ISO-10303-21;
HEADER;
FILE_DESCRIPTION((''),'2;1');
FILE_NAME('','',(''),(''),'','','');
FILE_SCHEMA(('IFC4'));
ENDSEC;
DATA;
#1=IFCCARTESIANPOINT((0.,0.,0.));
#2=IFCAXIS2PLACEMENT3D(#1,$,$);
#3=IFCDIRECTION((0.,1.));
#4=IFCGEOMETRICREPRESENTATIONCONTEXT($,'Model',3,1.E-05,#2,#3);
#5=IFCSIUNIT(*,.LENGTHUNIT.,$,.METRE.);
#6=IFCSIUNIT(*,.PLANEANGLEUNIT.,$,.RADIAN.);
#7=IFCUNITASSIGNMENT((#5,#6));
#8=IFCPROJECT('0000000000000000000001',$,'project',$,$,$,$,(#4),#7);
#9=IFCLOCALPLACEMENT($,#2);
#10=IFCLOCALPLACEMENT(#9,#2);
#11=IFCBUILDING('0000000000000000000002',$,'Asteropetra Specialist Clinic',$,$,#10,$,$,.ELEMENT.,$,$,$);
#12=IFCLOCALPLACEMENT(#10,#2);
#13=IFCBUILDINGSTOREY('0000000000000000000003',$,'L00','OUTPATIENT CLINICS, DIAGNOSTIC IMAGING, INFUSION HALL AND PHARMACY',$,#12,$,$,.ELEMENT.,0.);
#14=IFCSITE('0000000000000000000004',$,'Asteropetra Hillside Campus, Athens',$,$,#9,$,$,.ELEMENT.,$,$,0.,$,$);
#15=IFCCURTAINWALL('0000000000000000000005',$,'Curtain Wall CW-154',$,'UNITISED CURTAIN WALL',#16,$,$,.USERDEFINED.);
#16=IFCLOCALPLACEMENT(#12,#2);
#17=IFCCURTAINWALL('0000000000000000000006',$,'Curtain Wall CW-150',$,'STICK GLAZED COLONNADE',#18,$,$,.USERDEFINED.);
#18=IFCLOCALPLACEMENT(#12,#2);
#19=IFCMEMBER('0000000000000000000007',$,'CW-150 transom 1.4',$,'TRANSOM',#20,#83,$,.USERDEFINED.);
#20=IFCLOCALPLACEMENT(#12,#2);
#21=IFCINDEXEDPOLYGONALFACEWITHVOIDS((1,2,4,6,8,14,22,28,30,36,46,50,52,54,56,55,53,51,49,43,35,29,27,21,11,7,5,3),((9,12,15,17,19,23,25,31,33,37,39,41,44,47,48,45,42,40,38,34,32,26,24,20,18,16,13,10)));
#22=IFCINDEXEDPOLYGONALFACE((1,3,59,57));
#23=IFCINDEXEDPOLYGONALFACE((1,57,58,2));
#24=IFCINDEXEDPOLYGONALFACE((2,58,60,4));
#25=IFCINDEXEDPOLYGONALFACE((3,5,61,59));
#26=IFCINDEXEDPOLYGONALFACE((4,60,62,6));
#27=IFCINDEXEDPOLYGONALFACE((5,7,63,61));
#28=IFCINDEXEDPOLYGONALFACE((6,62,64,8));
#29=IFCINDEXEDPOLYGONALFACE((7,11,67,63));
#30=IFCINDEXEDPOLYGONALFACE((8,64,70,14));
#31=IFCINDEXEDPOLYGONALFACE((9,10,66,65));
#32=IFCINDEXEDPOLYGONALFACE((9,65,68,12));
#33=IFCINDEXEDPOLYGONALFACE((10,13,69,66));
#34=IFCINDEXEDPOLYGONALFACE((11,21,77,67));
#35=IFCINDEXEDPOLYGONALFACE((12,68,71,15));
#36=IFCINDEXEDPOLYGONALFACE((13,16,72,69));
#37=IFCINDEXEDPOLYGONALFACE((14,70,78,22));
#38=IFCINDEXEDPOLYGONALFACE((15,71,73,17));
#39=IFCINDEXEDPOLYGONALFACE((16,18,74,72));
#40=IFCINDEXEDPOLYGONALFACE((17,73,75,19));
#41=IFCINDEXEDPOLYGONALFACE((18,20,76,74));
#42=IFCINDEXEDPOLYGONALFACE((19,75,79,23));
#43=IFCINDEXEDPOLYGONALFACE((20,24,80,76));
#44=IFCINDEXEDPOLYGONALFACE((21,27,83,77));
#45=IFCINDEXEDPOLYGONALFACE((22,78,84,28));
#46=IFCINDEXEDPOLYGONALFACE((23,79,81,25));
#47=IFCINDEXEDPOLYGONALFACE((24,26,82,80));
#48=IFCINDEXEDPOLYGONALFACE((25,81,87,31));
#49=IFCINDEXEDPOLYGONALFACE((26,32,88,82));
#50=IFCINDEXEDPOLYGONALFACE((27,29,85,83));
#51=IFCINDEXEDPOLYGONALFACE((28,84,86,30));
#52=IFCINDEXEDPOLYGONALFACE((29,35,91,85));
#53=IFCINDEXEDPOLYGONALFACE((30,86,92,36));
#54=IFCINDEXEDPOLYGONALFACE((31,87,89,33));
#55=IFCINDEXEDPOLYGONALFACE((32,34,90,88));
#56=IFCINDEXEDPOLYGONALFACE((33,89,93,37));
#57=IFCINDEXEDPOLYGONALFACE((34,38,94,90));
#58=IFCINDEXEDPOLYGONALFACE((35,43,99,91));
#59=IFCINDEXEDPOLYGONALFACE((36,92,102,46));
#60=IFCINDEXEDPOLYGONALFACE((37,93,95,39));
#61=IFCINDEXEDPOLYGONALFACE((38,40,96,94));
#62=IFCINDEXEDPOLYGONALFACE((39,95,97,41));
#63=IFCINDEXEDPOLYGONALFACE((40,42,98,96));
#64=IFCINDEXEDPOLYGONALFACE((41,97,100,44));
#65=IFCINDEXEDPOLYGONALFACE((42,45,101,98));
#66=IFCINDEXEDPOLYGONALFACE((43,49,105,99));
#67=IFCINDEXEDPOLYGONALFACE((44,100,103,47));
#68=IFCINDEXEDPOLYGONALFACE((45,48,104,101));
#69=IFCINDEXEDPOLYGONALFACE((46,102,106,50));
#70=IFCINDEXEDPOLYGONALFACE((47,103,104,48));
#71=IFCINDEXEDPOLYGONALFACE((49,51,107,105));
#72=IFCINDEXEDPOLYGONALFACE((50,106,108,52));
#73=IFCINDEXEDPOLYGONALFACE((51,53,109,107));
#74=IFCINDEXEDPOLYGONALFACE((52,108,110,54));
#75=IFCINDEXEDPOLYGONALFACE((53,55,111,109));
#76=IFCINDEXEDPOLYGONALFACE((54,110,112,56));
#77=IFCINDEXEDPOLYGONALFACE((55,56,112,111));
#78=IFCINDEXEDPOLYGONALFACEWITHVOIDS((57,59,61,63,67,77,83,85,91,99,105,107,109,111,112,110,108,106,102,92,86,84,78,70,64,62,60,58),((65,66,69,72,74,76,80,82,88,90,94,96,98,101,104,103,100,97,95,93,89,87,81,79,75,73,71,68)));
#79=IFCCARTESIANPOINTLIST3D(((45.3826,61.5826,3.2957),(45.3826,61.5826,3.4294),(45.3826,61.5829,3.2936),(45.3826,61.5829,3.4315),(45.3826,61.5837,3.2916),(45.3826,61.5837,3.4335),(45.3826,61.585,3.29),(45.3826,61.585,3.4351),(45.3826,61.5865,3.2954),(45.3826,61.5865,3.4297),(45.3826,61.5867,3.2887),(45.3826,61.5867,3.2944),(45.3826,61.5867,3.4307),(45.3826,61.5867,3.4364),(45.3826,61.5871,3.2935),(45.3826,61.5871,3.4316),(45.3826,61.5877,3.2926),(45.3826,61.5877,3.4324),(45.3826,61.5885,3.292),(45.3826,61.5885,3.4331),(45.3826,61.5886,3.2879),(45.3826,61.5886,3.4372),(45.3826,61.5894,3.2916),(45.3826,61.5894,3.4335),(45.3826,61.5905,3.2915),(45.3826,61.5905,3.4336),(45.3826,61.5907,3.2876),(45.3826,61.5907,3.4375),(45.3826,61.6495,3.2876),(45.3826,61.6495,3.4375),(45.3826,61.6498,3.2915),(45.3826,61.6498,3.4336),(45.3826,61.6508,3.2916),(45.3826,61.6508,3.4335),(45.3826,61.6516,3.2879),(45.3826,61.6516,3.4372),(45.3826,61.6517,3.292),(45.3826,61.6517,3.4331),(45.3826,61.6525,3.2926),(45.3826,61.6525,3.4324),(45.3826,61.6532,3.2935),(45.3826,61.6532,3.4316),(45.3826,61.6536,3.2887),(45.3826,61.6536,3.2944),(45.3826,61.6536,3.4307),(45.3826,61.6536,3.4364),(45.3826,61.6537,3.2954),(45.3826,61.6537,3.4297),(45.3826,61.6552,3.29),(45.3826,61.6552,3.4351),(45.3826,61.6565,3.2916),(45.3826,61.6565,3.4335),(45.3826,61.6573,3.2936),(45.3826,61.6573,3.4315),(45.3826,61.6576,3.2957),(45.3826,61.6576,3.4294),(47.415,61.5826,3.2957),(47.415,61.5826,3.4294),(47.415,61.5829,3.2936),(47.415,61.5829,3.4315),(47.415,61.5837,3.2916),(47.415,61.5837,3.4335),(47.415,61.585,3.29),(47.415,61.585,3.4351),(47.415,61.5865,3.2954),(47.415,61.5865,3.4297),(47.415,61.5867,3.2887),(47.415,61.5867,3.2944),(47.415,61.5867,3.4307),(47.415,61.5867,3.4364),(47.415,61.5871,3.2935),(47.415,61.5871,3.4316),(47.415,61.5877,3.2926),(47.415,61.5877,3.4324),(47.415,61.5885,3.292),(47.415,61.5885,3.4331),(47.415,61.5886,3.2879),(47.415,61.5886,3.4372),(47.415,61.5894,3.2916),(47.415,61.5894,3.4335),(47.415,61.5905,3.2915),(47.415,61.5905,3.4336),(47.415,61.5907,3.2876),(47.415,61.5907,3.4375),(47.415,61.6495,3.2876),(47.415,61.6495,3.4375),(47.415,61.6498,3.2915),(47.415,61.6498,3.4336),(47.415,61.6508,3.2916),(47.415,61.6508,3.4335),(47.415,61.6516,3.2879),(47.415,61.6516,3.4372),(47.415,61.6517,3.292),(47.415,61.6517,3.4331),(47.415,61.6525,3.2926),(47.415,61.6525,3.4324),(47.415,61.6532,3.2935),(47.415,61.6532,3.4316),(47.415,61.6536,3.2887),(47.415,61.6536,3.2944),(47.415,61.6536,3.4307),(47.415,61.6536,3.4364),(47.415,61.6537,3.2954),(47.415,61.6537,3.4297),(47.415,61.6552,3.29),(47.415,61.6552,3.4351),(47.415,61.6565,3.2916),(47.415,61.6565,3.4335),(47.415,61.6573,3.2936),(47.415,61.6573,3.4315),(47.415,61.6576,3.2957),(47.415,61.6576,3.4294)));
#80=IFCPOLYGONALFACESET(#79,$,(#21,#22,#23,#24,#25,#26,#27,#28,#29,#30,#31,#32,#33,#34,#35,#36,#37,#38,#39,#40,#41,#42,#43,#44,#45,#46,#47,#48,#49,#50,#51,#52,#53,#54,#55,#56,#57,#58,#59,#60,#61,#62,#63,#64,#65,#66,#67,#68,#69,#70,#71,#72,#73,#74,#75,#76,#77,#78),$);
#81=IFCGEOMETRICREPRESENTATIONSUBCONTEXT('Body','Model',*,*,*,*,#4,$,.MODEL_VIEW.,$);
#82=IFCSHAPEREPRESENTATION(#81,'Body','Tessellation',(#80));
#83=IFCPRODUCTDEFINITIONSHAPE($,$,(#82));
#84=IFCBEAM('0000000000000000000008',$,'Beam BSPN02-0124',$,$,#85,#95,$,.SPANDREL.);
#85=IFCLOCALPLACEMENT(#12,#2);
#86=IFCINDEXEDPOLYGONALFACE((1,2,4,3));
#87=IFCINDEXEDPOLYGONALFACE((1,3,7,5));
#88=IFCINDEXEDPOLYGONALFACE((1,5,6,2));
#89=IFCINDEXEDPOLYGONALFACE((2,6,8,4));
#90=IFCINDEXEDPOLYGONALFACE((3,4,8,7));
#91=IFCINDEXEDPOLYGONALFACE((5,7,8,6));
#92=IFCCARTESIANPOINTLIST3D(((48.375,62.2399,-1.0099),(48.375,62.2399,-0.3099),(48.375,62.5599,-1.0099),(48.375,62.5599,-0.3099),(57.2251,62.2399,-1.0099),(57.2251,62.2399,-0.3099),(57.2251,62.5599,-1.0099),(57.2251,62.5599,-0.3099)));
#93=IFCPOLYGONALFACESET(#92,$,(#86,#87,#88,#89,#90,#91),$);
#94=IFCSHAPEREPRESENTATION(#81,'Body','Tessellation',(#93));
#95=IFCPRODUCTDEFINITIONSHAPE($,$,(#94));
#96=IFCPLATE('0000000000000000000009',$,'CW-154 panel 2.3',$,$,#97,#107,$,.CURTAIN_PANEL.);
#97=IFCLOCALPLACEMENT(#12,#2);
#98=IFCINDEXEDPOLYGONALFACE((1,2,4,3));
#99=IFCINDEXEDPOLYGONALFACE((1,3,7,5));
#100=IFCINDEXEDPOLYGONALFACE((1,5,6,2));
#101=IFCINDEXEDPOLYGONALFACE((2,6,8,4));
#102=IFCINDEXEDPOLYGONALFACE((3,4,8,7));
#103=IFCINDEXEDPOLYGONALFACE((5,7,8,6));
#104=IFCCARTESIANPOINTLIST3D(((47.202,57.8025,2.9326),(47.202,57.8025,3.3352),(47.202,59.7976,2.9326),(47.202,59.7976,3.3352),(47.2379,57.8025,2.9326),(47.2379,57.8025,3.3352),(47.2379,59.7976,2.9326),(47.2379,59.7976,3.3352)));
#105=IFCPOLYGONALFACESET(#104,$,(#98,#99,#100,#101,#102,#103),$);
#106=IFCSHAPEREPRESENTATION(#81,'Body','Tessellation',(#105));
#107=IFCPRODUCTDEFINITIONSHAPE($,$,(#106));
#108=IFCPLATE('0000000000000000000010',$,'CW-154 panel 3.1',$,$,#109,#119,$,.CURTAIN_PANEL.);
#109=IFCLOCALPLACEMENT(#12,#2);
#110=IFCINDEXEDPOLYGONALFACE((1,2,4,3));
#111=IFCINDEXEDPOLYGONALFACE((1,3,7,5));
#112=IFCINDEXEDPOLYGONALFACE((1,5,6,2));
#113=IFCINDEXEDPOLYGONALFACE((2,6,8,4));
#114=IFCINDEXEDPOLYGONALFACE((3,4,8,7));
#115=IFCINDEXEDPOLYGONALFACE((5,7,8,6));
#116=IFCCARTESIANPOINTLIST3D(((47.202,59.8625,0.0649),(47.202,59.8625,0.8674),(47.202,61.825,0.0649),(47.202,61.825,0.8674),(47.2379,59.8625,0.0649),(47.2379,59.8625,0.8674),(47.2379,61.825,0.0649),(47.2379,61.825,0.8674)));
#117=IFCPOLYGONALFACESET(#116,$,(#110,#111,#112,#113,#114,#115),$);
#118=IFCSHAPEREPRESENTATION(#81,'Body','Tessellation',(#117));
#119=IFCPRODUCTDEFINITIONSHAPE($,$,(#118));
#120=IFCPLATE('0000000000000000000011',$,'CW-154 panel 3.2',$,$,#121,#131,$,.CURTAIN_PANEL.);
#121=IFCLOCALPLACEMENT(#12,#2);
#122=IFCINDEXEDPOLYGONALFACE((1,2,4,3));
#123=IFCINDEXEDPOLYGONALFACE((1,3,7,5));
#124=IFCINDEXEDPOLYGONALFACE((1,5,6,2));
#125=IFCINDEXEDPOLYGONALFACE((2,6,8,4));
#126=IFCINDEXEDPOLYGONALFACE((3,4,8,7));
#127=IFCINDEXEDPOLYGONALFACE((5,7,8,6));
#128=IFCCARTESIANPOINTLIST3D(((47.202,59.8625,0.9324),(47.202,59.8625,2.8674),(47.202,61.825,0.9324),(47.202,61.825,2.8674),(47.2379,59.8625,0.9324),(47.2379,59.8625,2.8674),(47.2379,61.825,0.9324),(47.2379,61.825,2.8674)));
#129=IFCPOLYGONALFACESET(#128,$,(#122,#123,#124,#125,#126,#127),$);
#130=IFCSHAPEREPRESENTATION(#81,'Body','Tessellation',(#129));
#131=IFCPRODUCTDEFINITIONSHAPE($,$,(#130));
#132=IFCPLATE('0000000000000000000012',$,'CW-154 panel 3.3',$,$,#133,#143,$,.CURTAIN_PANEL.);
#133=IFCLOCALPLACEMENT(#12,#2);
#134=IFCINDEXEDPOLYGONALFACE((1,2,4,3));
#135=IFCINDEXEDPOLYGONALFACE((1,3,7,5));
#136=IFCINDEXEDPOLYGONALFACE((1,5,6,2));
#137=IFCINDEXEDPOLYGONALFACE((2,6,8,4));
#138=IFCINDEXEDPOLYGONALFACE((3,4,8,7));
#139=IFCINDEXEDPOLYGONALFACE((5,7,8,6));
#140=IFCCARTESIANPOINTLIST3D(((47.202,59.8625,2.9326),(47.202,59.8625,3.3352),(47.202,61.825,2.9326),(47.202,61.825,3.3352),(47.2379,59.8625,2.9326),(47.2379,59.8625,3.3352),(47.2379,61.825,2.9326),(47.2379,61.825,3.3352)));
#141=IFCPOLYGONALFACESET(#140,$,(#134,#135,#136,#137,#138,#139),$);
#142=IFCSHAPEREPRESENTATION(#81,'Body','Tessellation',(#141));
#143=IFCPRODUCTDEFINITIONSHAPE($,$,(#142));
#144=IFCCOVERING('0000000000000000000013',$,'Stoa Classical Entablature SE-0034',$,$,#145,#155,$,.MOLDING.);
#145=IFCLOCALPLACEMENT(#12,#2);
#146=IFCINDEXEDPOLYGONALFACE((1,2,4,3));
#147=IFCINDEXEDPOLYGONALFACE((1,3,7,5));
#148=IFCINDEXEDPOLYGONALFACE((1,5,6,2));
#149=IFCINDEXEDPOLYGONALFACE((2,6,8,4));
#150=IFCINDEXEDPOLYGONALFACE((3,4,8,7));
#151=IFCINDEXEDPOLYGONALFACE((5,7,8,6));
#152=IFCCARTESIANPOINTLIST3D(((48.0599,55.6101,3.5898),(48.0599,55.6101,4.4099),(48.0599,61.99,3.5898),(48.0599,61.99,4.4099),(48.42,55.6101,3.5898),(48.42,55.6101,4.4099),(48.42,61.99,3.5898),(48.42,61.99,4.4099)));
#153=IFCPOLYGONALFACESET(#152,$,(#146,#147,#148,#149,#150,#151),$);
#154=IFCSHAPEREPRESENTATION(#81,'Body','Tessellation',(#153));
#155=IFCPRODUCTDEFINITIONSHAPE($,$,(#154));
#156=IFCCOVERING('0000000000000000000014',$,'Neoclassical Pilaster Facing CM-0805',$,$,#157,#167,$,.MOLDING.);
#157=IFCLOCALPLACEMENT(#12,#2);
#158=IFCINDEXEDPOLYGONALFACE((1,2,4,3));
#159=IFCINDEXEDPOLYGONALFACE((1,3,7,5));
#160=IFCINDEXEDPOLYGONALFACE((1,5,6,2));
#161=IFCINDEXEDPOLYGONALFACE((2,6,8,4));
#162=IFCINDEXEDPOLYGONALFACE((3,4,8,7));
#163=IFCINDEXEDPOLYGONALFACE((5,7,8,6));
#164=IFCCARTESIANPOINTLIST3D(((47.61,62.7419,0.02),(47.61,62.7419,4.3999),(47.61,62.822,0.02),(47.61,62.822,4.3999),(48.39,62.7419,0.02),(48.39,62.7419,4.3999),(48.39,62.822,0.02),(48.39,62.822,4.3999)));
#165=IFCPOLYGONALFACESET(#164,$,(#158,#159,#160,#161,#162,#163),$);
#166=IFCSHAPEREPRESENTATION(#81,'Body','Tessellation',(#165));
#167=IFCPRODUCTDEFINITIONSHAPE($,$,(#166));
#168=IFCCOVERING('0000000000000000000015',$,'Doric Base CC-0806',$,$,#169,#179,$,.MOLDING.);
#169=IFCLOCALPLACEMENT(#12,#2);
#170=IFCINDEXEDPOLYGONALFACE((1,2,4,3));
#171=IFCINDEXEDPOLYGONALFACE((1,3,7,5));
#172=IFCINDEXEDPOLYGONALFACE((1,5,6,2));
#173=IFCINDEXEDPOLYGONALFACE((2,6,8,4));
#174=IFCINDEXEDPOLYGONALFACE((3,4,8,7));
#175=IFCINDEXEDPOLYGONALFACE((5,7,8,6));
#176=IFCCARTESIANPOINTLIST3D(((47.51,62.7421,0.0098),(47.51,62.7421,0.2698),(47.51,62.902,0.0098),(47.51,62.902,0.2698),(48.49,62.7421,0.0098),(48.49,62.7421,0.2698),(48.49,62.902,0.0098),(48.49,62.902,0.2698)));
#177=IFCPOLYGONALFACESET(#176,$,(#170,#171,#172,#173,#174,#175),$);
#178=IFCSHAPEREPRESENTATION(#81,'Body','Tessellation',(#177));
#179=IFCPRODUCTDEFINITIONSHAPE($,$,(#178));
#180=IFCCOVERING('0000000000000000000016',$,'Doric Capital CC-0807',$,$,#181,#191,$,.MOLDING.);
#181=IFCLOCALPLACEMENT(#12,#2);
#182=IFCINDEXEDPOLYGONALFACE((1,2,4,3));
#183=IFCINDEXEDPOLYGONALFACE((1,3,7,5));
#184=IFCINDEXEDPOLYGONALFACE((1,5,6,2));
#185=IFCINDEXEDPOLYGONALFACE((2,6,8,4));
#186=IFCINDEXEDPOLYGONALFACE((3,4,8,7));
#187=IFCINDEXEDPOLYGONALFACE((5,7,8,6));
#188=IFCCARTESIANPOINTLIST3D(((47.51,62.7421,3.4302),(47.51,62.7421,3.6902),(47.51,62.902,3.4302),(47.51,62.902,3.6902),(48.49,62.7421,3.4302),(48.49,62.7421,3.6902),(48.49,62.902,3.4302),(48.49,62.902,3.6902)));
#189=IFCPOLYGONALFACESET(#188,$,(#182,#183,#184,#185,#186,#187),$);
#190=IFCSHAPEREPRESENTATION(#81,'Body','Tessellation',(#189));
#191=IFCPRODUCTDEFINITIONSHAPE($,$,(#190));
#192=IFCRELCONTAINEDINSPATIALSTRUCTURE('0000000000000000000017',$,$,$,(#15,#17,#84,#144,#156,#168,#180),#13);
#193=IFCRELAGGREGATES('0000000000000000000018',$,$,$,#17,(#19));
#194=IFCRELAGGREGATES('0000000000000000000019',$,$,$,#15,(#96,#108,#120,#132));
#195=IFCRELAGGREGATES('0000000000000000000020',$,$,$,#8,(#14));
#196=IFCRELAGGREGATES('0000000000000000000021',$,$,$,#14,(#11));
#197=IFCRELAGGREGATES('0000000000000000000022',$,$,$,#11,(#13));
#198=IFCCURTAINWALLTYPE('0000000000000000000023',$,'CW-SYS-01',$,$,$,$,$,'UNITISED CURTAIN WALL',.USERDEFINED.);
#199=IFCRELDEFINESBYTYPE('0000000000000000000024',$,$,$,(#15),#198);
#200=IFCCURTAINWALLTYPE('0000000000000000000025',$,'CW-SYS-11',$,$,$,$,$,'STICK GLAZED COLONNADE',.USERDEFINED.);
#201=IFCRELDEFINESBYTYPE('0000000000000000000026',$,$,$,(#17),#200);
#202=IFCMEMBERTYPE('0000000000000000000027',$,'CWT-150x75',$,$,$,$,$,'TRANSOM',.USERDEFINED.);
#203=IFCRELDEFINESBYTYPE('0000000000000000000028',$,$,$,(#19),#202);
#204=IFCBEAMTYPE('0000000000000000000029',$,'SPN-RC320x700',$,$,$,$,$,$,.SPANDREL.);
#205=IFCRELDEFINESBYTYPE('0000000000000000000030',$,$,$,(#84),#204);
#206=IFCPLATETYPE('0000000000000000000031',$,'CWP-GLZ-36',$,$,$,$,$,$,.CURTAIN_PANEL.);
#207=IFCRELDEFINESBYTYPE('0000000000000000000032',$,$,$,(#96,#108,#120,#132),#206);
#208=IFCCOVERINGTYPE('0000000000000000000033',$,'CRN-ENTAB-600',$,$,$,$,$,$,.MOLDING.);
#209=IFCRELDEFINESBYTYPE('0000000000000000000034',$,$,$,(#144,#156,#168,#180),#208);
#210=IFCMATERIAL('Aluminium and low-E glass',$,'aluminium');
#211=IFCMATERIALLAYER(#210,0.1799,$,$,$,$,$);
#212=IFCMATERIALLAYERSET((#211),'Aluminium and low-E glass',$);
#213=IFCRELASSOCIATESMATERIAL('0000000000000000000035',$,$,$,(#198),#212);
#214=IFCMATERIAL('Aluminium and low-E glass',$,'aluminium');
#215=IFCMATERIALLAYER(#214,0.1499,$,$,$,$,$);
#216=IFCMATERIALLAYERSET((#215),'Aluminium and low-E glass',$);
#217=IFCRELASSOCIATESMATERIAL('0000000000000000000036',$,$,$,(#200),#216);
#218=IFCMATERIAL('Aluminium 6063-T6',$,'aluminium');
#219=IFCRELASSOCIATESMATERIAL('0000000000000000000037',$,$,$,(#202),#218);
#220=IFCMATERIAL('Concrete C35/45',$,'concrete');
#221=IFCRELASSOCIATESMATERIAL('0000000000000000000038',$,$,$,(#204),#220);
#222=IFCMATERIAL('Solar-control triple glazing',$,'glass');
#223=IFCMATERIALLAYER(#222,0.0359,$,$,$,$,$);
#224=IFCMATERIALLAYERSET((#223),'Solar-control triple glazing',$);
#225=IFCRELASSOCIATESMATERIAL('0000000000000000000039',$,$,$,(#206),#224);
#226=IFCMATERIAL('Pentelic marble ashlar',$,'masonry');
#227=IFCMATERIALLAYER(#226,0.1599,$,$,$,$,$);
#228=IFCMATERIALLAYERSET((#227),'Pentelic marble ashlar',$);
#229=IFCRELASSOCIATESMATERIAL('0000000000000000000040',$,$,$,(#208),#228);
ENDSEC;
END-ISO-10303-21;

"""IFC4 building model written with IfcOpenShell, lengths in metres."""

from ifc_helpers import new_model, si_unit, direction, frame, origin, origin_2d, place, context, subcontext, project, spatial, rectangle, hollow_rectangle, extrude, material, layer, layer_set, material_profile, profile_set, type_object, element, aggregate, save


model = new_model("IFC4")

# Units and contexts
model_context = context("Model", 3, precision=1e-05, world=origin(), true_north=direction((0.0, 1.0)))
body_context = subcontext(model_context, "Body", "Model", "MODEL_VIEW")
ifc_project = project(units=[si_unit("LENGTHUNIT", "METRE"), si_unit("PLANEANGLEUNIT", "RADIAN")], contexts=[model_context])

# Site, building, storey
site_placement = place(None, origin())
site = spatial("IfcSite", under=ifc_project, at=site_placement, Name="Asteropetra Hillside Campus, Athens", CompositionType="ELEMENT", RefElevation=0.0)
building_placement = place(site_placement, origin())
building = spatial("IfcBuilding", under=site, at=building_placement, Name="Asteropetra Specialist Clinic", CompositionType="ELEMENT")
storey_placement = place(building_placement, origin())
storey = spatial("IfcBuildingStorey", under=building, at=storey_placement, Name="L00", Description="OUTPATIENT CLINICS, DIAGNOSTIC IMAGING, INFUSION HALL AND PHARMACY", CompositionType="ELEMENT", Elevation=0.0)

# Curtain wall
ifc_material_1 = material(Name="Aluminium and low-E glass", Category="aluminium")
ifc_layer_1 = layer(ifc_material_1, 0.1799)
ifc_layer_set_1 = layer_set([ifc_layer_1], Name="Aluminium and low-E glass")
curtain_wall_type_1 = type_object("IfcCurtainWallType", Name="CW-SYS-01", ElementType="UNITISED CURTAIN WALL", PredefinedType="USERDEFINED", material=ifc_layer_set_1)
curtain_wall_1_placement = place(storey_placement, origin())
curtain_wall_1 = element("IfcCurtainWall", 1, at=curtain_wall_1_placement, inside=storey, type_object=curtain_wall_type_1, Name="Curtain Wall CW-154", ObjectType="UNITISED CURTAIN WALL", PredefinedType="USERDEFINED")

# Curtain wall
ifc_material_2 = material(Name="Aluminium and low-E glass", Category="aluminium")
ifc_layer_2 = layer(ifc_material_2, 0.1499)
ifc_layer_set_2 = layer_set([ifc_layer_2], Name="Aluminium and low-E glass")
curtain_wall_type_2 = type_object("IfcCurtainWallType", Name="CW-SYS-11", ElementType="STICK GLAZED COLONNADE", PredefinedType="USERDEFINED", material=ifc_layer_set_2)
curtain_wall_2_placement = place(storey_placement, origin())
curtain_wall_2 = element("IfcCurtainWall", 2, at=curtain_wall_2_placement, inside=storey, type_object=curtain_wall_type_2, Name="Curtain Wall CW-150", ObjectType="STICK GLAZED COLONNADE", PredefinedType="USERDEFINED")

# Member
ifc_material_3 = material(Name="Aluminium 6063-T6", Category="aluminium")
ifc_material_profile_1 = material_profile(ifc_material_3, hollow_rectangle(XDim=0.075, YDim=0.1499, WallThickness=0.0039, InnerFilletRadius=0.0039, OuterFilletRadius=0.0081, at=origin_2d()), Name="TRN 150x75x4.0")
ifc_profile_set_1 = profile_set([ifc_material_profile_1], Name="Aluminium 6063-T6")
member_type_1 = type_object("IfcMemberType", Name="CWT-150x75", ElementType="TRANSOM", PredefinedType="USERDEFINED", material=ifc_profile_set_1)
member_1_placement = place(storey_placement, frame((47.415, 61.6201, 3.3625), z_axis=(-1.0, 0.0, 0.0), x_axis=(0.0, -1.0, 0.0)))
member_1 = element("IfcMember", 3, at=member_1_placement, type_object=member_type_1, Name="CW-150 transom 1.4", ObjectType="TRANSOM", PredefinedType="USERDEFINED", context=body_context, shape_type="SweptSolid", body=[
    extrude(hollow_rectangle(XDim=0.075, YDim=0.1499, WallThickness=0.0039, InnerFilletRadius=0.0039, OuterFilletRadius=0.0081, at=origin_2d()), origin(), (0.0, 0.0, 1.0), 2.0325),
])
aggregate(curtain_wall_2, [member_1])

# Beam
ifc_material_4 = material(Name="Concrete C35/45", Category="concrete")
ifc_material_profile_2 = material_profile(ifc_material_4, rectangle(XDim=0.3201, YDim=0.7, at=origin_2d()), Name="RCS 320x700")
ifc_profile_set_2 = profile_set([ifc_material_profile_2], Name="Concrete C35/45")
beam_type = type_object("IfcBeamType", Name="SPN-RC320x700", PredefinedType="SPANDREL", material=ifc_profile_set_2)
beam_placement = place(storey_placement, frame((48.375, 62.3999, -0.6599), z_axis=(1.0, 0.0, 0.0), x_axis=(0.0, 1.0, 0.0)))
element("IfcBeam", 4, at=beam_placement, inside=storey, type_object=beam_type, Name="Beam BSPN02-0124", PredefinedType="SPANDREL", context=body_context, shape_type="SweptSolid", body=[
    extrude(rectangle(XDim=0.3201, YDim=0.7, at=origin_2d()), origin(), (0.0, 0.0, 1.0), 8.8501),
])

# Plates
ifc_material_5 = material(Name="Solar-control triple glazing", Category="glass")
ifc_layer_3 = layer(ifc_material_5, 0.0359)
ifc_layer_set_3 = layer_set([ifc_layer_3], Name="Solar-control triple glazing")
plate_type = type_object("IfcPlateType", Name="CWP-GLZ-36", PredefinedType="CURTAIN_PANEL", material=ifc_layer_set_3)
plate_1_placement = place(storey_placement, frame((47.22, 58.8, 2.9326), z_axis=(0.0, 0.0, 1.0), x_axis=(0.0, 1.0, 0.0)))
plate_1 = element("IfcPlate", 5, at=plate_1_placement, type_object=plate_type, Name="CW-154 panel 2.3", PredefinedType="CURTAIN_PANEL", context=body_context, shape_type="SweptSolid", body=[
    extrude(rectangle(XDim=1.9951, YDim=0.0359, at=origin_2d()), origin(), (0.0, 0.0, 1.0), 0.4026),
])
plate_2_placement = place(storey_placement, frame((47.22, 60.8438, 0.0649), z_axis=(0.0, 0.0, 1.0), x_axis=(0.0, 1.0, 0.0)))
plate_2 = element("IfcPlate", 6, at=plate_2_placement, type_object=plate_type, Name="CW-154 panel 3.1", PredefinedType="CURTAIN_PANEL", context=body_context, shape_type="SweptSolid", body=[
    extrude(rectangle(XDim=1.9624, YDim=0.0359, at=origin_2d()), origin(), (0.0, 0.0, 1.0), 0.8025),
])
plate_3_placement = place(storey_placement, frame((47.22, 60.8438, 0.9324), z_axis=(0.0, 0.0, 1.0), x_axis=(0.0, 1.0, 0.0)))
plate_3 = element("IfcPlate", 7, at=plate_3_placement, type_object=plate_type, Name="CW-154 panel 3.2", PredefinedType="CURTAIN_PANEL", context=body_context, shape_type="SweptSolid", body=[
    extrude(rectangle(XDim=1.9624, YDim=0.0359, at=origin_2d()), origin(), (0.0, 0.0, 1.0), 1.9351),
])
plate_4_placement = place(storey_placement, frame((47.22, 60.8438, 2.9326), z_axis=(0.0, 0.0, 1.0), x_axis=(0.0, 1.0, 0.0)))
plate_4 = element("IfcPlate", 8, at=plate_4_placement, type_object=plate_type, Name="CW-154 panel 3.3", PredefinedType="CURTAIN_PANEL", context=body_context, shape_type="SweptSolid", body=[
    extrude(rectangle(XDim=1.9624, YDim=0.0359, at=origin_2d()), origin(), (0.0, 0.0, 1.0), 0.4026),
])
aggregate(curtain_wall_1, [plate_1, plate_2, plate_3, plate_4])

# Coverings
ifc_material_6 = material(Name="Pentelic marble ashlar", Category="masonry")
ifc_layer_4 = layer(ifc_material_6, 0.1599)
ifc_layer_set_4 = layer_set([ifc_layer_4], Name="Pentelic marble ashlar")
covering_type = type_object("IfcCoveringType", Name="CRN-ENTAB-600", PredefinedType="MOLDING", material=ifc_layer_set_4)
covering_1_placement = place(storey_placement, frame((48.24, 58.8, 3.5898), z_axis=(0.0, 0.0, 1.0), x_axis=(1.0, 0.0, 0.0)))
element("IfcCovering", 9, at=covering_1_placement, inside=storey, type_object=covering_type, Name="Stoa Classical Entablature SE-0034", PredefinedType="MOLDING", context=body_context, shape_type="SweptSolid", body=[
    extrude(rectangle(XDim=0.3601, YDim=6.3799, at=origin_2d()), origin(), (0.0, 0.0, 1.0), 0.8201),
])
covering_2_placement = place(storey_placement, frame((48.0, 62.782, 0.02), z_axis=(0.0, 0.0, 1.0), x_axis=(1.0, 0.0, 0.0)))
element("IfcCovering", 10, at=covering_2_placement, inside=storey, type_object=covering_type, Name="Neoclassical Pilaster Facing CM-0805", PredefinedType="MOLDING", context=body_context, shape_type="SweptSolid", body=[
    extrude(rectangle(XDim=0.78, YDim=0.0801, at=origin_2d()), origin(), (0.0, 0.0, 1.0), 4.3799),
])
for number, where, z_axis, x_axis, name in (
    (11, (48.0, 62.822, 0.0098), (0.0, 0.0, 1.0), (1.0, 0.0, 0.0), "Doric Base CC-0806"),
    (12, (48.0, 62.822, 3.4302), (0.0, 0.0, 1.0), (1.0, 0.0, 0.0), "Doric Capital CC-0807"),
):
    element("IfcCovering", number, at=place(storey_placement, frame(where, z_axis=z_axis, x_axis=x_axis)), inside=storey, type_object=covering_type, Name=name, PredefinedType="MOLDING", context=body_context, shape_type="SweptSolid", body=[
        extrude(rectangle(XDim=0.98, YDim=0.1599, at=origin_2d()), origin(), (0.0, 0.0, 1.0), 0.26),
    ])

save(model, "model.ifc")
